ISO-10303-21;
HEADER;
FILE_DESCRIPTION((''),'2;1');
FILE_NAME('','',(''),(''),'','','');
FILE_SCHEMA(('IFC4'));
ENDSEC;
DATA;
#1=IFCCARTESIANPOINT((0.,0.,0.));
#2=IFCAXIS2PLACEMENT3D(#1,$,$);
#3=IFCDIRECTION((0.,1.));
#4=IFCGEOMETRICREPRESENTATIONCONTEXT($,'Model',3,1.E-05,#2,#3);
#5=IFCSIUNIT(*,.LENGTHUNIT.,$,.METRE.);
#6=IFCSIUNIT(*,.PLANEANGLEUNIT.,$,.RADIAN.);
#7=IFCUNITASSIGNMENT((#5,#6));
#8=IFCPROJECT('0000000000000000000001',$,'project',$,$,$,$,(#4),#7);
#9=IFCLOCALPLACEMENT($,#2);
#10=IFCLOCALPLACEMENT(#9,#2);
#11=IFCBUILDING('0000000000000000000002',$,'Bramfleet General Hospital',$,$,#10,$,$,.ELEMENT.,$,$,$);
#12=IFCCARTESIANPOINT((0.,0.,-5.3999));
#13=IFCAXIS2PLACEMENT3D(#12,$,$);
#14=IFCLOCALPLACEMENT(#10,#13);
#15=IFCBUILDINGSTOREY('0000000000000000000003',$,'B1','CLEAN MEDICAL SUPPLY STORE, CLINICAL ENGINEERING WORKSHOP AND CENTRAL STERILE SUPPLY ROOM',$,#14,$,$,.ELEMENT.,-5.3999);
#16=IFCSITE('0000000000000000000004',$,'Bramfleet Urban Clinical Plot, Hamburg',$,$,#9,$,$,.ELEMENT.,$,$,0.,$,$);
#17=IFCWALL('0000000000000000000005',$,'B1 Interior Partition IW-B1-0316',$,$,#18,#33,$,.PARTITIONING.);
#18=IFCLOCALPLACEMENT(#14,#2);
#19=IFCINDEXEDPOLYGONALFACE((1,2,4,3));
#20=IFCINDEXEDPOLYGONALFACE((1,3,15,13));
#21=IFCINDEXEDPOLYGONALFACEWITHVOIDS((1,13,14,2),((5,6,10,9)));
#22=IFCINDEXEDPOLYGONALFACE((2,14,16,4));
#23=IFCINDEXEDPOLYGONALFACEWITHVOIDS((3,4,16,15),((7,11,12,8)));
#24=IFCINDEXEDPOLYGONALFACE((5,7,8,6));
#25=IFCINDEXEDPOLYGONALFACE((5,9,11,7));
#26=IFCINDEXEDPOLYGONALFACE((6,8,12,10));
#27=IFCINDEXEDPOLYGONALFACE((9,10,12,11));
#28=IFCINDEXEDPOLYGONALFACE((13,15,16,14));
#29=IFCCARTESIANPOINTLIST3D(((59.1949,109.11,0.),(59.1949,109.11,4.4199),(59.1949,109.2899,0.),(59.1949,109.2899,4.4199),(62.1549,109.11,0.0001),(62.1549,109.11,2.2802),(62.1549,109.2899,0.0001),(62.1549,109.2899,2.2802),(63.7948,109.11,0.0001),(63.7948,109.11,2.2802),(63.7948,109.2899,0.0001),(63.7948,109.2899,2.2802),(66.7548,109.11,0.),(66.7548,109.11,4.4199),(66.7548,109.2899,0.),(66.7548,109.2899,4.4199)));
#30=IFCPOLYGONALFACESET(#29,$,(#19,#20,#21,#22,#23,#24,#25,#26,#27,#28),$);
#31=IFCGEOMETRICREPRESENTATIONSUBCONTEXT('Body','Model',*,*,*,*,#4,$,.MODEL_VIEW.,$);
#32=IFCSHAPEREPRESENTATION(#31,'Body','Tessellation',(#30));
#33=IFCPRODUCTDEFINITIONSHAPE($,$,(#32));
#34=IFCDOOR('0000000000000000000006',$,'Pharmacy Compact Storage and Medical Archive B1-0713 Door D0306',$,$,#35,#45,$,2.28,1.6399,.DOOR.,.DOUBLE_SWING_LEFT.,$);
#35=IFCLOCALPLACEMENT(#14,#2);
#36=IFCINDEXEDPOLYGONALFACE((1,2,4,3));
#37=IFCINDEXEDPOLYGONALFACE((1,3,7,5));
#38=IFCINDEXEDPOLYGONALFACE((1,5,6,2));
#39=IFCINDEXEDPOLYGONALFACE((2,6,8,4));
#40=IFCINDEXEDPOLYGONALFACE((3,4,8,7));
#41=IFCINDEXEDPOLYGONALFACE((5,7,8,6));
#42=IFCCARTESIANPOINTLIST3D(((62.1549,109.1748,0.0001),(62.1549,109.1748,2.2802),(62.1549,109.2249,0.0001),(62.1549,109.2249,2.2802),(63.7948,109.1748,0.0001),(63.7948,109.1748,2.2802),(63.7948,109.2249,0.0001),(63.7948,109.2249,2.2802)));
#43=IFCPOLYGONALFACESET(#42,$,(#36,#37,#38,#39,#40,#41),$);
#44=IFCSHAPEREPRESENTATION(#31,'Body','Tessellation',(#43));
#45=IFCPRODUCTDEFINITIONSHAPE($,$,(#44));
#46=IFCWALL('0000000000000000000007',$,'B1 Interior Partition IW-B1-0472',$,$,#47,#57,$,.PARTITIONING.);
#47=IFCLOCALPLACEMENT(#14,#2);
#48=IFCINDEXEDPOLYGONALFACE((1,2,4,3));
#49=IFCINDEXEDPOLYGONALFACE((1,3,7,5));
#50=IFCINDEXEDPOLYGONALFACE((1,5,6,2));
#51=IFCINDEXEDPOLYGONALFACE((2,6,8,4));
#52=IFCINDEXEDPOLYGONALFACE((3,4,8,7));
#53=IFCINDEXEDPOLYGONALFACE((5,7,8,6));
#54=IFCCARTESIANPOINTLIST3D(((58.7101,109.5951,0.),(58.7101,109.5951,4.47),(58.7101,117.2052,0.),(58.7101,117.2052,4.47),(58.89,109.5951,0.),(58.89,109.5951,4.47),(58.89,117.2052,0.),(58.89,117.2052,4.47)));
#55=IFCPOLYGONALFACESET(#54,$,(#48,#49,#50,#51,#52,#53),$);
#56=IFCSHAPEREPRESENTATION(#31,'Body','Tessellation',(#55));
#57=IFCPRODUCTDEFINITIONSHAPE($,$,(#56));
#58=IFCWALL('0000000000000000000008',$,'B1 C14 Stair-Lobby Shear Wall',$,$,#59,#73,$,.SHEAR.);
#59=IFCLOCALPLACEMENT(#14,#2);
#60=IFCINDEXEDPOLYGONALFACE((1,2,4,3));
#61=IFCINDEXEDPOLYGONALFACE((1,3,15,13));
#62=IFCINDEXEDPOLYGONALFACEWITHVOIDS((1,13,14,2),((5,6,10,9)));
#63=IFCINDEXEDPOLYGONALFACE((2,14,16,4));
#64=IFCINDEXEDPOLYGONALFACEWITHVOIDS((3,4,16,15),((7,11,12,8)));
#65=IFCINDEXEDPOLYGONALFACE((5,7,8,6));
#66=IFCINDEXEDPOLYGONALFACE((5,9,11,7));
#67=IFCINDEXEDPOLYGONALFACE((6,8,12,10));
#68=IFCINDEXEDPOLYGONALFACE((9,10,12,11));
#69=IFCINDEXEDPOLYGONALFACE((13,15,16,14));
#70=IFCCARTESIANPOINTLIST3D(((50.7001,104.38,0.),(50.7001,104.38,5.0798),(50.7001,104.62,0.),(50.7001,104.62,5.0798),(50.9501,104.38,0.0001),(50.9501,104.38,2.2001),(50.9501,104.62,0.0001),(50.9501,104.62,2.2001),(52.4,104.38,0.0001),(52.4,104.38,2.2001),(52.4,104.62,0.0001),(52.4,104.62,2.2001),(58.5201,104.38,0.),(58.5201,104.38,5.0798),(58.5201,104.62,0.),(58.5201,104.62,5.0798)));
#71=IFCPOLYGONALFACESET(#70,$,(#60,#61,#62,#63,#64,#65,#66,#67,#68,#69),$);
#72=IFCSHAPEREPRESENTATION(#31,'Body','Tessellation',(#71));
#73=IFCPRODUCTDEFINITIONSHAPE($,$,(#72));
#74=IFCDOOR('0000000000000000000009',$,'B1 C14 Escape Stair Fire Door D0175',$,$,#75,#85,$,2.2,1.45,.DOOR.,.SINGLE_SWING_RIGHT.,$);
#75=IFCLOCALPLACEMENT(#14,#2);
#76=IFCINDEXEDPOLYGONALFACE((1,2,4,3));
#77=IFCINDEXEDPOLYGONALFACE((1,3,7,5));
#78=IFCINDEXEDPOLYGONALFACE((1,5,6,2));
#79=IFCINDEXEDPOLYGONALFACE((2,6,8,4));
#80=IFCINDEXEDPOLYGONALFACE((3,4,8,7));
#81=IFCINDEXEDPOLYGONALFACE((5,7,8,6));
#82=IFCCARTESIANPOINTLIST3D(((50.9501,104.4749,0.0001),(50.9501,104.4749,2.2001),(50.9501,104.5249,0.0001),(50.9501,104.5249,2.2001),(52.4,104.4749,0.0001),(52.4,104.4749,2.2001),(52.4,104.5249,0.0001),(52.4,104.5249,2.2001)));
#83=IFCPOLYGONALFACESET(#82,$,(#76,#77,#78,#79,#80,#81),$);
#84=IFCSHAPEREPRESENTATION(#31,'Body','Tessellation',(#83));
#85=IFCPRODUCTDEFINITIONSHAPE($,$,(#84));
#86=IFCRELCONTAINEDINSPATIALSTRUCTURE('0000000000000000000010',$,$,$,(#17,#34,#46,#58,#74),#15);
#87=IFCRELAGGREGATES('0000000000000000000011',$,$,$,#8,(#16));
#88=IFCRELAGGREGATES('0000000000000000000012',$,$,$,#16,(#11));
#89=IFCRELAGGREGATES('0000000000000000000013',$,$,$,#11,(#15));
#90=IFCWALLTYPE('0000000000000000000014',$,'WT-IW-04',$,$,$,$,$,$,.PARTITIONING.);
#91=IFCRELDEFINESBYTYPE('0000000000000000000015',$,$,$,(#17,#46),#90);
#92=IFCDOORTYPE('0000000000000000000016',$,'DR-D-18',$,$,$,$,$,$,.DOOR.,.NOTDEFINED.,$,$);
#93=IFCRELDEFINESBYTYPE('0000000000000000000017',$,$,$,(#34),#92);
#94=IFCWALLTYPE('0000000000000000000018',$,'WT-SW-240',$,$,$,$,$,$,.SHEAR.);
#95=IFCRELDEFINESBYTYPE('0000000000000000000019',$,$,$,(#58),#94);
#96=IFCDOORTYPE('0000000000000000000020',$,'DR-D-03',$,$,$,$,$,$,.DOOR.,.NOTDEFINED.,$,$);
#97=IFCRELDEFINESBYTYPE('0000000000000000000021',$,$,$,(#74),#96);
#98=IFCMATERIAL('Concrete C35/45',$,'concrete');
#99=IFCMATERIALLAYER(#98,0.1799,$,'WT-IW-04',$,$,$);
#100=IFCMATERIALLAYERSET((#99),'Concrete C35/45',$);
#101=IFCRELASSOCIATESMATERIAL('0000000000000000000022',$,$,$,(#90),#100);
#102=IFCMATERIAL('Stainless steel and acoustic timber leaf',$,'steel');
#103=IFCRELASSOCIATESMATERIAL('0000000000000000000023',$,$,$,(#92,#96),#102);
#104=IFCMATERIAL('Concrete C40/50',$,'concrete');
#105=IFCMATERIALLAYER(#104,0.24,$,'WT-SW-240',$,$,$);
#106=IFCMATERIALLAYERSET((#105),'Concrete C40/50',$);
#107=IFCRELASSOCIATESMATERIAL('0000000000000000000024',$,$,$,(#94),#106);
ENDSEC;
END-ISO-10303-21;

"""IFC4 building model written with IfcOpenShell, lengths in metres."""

from ifc_helpers import new_model, si_unit, direction, frame, frame_2d, origin, place, context, subcontext, project, spatial, rectangle, extrude, material, layer, layer_set, type_object, element, fill, save


model = new_model("IFC4")

# Units and contexts
model_context = context("Model", 3, precision=1e-05, world=origin(), true_north=direction((0.0, 1.0)))
body_context = subcontext(model_context, "Body", "Model", "MODEL_VIEW")
ifc_project = project(units=[si_unit("LENGTHUNIT", "METRE"), si_unit("PLANEANGLEUNIT", "RADIAN")], contexts=[model_context])

# Site, building, storey
site_placement = place(None, origin())
site = spatial("IfcSite", under=ifc_project, at=site_placement, Name="Bramfleet Urban Clinical Plot, Hamburg", CompositionType="ELEMENT", RefElevation=0.0)
building_placement = place(site_placement, origin())
building = spatial("IfcBuilding", under=site, at=building_placement, Name="Bramfleet General Hospital", CompositionType="ELEMENT")
storey_placement = place(building_placement, frame((0.0, 0.0, -5.3999)))
storey = spatial("IfcBuildingStorey", under=building, at=storey_placement, Name="B1", Description="CLEAN MEDICAL SUPPLY STORE, CLINICAL ENGINEERING WORKSHOP AND CENTRAL STERILE SUPPLY ROOM", CompositionType="ELEMENT", Elevation=-5.3999)

# Shared definitions
ifc_material_1 = material(Name="Concrete C35/45", Category="concrete")

# Shared definitions
ifc_material_2 = material(Name="Concrete C40/50", Category="concrete")

# Shared definitions
ifc_material_3 = material(Name="Stainless steel and acoustic timber leaf", Category="steel")

# Wall, opening, door
ifc_layer_1 = layer(ifc_material_1, 0.1799, Name="WT-IW-04")
ifc_layer_set_1 = layer_set([ifc_layer_1], Name="Concrete C35/45")
wall_type_1 = type_object("IfcWallType", Name="WT-IW-04", PredefinedType="PARTITIONING", material=ifc_layer_set_1)
wall_1_placement = place(storey_placement, frame((59.1951, 109.2, 0.0), z_axis=(0.0, 0.0, 1.0), x_axis=(1.0, 0.0, 0.0)))
wall_1 = element("IfcWall", 1, at=wall_1_placement, inside=storey, type_object=wall_type_1, Name="B1 Interior Partition IW-B1-0316", PredefinedType="PARTITIONING", context=body_context, shape_type="SweptSolid", body=[
    extrude(rectangle(XDim=7.5598, YDim=0.1799, at=frame_2d((3.7798, 0.0))), origin(), (0.0, 0.0, 1.0), 4.4199),
])
opening_1_placement = place(wall_1_placement, frame((2.96, 0.0, 0.0)))
opening_1 = element("IfcOpeningElement", 2, at=opening_1_placement, cuts=wall_1, PredefinedType="OPENING", context=body_context, shape_type="SweptSolid", body=[
    extrude(rectangle(XDim=1.6399, YDim=2.28, at=frame_2d((0.8198, 1.1401))), frame((0.0, 0.0999, 0.0), z_axis=(0.0, -1.0, 0.0), x_axis=(1.0, 0.0, 0.0)), (0.0, 0.0, 1.0), 0.2),
])
door_type_1 = type_object("IfcDoorType", Name="DR-D-18", OperationType="NOTDEFINED", PredefinedType="DOOR", material=ifc_material_3)
door_1_placement = place(opening_1_placement, origin())
door_1 = element("IfcDoor", 3, at=door_1_placement, inside=storey, type_object=door_type_1, Name="Pharmacy Compact Storage and Medical Archive B1-0713 Door D0306", OperationType="DOUBLE_SWING_LEFT", OverallHeight=2.28, OverallWidth=1.6399, PredefinedType="DOOR", context=body_context, shape_type="SweptSolid", body=[
    extrude(rectangle(XDim=1.6399, YDim=2.28, at=frame_2d((0.8198, 1.1401))), frame((0.0, 0.0249, 0.0), z_axis=(0.0, -1.0, 0.0), x_axis=(1.0, 0.0, 0.0)), (0.0, 0.0, 1.0), 0.05),
])
fill(opening_1, door_1)

# Wall
wall_2_placement = place(storey_placement, frame((58.8, 109.595, 0.0), z_axis=(0.0, 0.0, 1.0), x_axis=(0.0, 1.0, 0.0)))
element("IfcWall", 4, at=wall_2_placement, inside=storey, type_object=wall_type_1, Name="B1 Interior Partition IW-B1-0472", PredefinedType="PARTITIONING", context=body_context, shape_type="SweptSolid", body=[
    extrude(rectangle(XDim=7.6101, YDim=0.1799, at=frame_2d((3.8052, 0.0))), origin(), (0.0, 0.0, 1.0), 4.47),
])

# Wall, opening, door
ifc_layer_2 = layer(ifc_material_2, 0.24, Name="WT-SW-240")
ifc_layer_set_2 = layer_set([ifc_layer_2], Name="Concrete C40/50")
wall_type_2 = type_object("IfcWallType", Name="WT-SW-240", PredefinedType="SHEAR", material=ifc_layer_set_2)
wall_3_placement = place(storey_placement, frame((50.7, 104.5, 0.0), z_axis=(0.0, 0.0, 1.0), x_axis=(1.0, 0.0, 0.0)))
wall_3 = element("IfcWall", 5, at=wall_3_placement, inside=storey, type_object=wall_type_2, Name="B1 C14 Stair-Lobby Shear Wall", PredefinedType="SHEAR", context=body_context, shape_type="SweptSolid", body=[
    extrude(rectangle(XDim=7.8201, YDim=0.24, at=frame_2d((3.9102, 0.0))), origin(), (0.0, 0.0, 1.0), 5.0798),
])
opening_2_placement = place(wall_3_placement, frame((0.25, 0.0, 0.0)))
opening_2 = element("IfcOpeningElement", 6, at=opening_2_placement, cuts=wall_3, PredefinedType="OPENING", context=body_context, shape_type="SweptSolid", body=[
    extrude(rectangle(XDim=1.45, YDim=2.2, at=frame_2d((0.7251, 1.1001))), frame((0.0, 0.1299, 0.0), z_axis=(0.0, -1.0, 0.0), x_axis=(1.0, 0.0, 0.0)), (0.0, 0.0, 1.0), 0.26),
])
door_type_2 = type_object("IfcDoorType", Name="DR-D-03", OperationType="NOTDEFINED", PredefinedType="DOOR", material=ifc_material_3)
door_2_placement = place(opening_2_placement, origin())
door_2 = element("IfcDoor", 7, at=door_2_placement, inside=storey, type_object=door_type_2, Name="B1 C14 Escape Stair Fire Door D0175", OperationType="SINGLE_SWING_RIGHT", OverallHeight=2.2, OverallWidth=1.45, PredefinedType="DOOR", context=body_context, shape_type="SweptSolid", body=[
    extrude(rectangle(XDim=1.45, YDim=2.2, at=frame_2d((0.7251, 1.1001))), frame((0.0, 0.0249, 0.0), z_axis=(0.0, -1.0, 0.0), x_axis=(1.0, 0.0, 0.0)), (0.0, 0.0, 1.0), 0.05),
])
fill(opening_2, door_2)

save(model, "model.ifc")
